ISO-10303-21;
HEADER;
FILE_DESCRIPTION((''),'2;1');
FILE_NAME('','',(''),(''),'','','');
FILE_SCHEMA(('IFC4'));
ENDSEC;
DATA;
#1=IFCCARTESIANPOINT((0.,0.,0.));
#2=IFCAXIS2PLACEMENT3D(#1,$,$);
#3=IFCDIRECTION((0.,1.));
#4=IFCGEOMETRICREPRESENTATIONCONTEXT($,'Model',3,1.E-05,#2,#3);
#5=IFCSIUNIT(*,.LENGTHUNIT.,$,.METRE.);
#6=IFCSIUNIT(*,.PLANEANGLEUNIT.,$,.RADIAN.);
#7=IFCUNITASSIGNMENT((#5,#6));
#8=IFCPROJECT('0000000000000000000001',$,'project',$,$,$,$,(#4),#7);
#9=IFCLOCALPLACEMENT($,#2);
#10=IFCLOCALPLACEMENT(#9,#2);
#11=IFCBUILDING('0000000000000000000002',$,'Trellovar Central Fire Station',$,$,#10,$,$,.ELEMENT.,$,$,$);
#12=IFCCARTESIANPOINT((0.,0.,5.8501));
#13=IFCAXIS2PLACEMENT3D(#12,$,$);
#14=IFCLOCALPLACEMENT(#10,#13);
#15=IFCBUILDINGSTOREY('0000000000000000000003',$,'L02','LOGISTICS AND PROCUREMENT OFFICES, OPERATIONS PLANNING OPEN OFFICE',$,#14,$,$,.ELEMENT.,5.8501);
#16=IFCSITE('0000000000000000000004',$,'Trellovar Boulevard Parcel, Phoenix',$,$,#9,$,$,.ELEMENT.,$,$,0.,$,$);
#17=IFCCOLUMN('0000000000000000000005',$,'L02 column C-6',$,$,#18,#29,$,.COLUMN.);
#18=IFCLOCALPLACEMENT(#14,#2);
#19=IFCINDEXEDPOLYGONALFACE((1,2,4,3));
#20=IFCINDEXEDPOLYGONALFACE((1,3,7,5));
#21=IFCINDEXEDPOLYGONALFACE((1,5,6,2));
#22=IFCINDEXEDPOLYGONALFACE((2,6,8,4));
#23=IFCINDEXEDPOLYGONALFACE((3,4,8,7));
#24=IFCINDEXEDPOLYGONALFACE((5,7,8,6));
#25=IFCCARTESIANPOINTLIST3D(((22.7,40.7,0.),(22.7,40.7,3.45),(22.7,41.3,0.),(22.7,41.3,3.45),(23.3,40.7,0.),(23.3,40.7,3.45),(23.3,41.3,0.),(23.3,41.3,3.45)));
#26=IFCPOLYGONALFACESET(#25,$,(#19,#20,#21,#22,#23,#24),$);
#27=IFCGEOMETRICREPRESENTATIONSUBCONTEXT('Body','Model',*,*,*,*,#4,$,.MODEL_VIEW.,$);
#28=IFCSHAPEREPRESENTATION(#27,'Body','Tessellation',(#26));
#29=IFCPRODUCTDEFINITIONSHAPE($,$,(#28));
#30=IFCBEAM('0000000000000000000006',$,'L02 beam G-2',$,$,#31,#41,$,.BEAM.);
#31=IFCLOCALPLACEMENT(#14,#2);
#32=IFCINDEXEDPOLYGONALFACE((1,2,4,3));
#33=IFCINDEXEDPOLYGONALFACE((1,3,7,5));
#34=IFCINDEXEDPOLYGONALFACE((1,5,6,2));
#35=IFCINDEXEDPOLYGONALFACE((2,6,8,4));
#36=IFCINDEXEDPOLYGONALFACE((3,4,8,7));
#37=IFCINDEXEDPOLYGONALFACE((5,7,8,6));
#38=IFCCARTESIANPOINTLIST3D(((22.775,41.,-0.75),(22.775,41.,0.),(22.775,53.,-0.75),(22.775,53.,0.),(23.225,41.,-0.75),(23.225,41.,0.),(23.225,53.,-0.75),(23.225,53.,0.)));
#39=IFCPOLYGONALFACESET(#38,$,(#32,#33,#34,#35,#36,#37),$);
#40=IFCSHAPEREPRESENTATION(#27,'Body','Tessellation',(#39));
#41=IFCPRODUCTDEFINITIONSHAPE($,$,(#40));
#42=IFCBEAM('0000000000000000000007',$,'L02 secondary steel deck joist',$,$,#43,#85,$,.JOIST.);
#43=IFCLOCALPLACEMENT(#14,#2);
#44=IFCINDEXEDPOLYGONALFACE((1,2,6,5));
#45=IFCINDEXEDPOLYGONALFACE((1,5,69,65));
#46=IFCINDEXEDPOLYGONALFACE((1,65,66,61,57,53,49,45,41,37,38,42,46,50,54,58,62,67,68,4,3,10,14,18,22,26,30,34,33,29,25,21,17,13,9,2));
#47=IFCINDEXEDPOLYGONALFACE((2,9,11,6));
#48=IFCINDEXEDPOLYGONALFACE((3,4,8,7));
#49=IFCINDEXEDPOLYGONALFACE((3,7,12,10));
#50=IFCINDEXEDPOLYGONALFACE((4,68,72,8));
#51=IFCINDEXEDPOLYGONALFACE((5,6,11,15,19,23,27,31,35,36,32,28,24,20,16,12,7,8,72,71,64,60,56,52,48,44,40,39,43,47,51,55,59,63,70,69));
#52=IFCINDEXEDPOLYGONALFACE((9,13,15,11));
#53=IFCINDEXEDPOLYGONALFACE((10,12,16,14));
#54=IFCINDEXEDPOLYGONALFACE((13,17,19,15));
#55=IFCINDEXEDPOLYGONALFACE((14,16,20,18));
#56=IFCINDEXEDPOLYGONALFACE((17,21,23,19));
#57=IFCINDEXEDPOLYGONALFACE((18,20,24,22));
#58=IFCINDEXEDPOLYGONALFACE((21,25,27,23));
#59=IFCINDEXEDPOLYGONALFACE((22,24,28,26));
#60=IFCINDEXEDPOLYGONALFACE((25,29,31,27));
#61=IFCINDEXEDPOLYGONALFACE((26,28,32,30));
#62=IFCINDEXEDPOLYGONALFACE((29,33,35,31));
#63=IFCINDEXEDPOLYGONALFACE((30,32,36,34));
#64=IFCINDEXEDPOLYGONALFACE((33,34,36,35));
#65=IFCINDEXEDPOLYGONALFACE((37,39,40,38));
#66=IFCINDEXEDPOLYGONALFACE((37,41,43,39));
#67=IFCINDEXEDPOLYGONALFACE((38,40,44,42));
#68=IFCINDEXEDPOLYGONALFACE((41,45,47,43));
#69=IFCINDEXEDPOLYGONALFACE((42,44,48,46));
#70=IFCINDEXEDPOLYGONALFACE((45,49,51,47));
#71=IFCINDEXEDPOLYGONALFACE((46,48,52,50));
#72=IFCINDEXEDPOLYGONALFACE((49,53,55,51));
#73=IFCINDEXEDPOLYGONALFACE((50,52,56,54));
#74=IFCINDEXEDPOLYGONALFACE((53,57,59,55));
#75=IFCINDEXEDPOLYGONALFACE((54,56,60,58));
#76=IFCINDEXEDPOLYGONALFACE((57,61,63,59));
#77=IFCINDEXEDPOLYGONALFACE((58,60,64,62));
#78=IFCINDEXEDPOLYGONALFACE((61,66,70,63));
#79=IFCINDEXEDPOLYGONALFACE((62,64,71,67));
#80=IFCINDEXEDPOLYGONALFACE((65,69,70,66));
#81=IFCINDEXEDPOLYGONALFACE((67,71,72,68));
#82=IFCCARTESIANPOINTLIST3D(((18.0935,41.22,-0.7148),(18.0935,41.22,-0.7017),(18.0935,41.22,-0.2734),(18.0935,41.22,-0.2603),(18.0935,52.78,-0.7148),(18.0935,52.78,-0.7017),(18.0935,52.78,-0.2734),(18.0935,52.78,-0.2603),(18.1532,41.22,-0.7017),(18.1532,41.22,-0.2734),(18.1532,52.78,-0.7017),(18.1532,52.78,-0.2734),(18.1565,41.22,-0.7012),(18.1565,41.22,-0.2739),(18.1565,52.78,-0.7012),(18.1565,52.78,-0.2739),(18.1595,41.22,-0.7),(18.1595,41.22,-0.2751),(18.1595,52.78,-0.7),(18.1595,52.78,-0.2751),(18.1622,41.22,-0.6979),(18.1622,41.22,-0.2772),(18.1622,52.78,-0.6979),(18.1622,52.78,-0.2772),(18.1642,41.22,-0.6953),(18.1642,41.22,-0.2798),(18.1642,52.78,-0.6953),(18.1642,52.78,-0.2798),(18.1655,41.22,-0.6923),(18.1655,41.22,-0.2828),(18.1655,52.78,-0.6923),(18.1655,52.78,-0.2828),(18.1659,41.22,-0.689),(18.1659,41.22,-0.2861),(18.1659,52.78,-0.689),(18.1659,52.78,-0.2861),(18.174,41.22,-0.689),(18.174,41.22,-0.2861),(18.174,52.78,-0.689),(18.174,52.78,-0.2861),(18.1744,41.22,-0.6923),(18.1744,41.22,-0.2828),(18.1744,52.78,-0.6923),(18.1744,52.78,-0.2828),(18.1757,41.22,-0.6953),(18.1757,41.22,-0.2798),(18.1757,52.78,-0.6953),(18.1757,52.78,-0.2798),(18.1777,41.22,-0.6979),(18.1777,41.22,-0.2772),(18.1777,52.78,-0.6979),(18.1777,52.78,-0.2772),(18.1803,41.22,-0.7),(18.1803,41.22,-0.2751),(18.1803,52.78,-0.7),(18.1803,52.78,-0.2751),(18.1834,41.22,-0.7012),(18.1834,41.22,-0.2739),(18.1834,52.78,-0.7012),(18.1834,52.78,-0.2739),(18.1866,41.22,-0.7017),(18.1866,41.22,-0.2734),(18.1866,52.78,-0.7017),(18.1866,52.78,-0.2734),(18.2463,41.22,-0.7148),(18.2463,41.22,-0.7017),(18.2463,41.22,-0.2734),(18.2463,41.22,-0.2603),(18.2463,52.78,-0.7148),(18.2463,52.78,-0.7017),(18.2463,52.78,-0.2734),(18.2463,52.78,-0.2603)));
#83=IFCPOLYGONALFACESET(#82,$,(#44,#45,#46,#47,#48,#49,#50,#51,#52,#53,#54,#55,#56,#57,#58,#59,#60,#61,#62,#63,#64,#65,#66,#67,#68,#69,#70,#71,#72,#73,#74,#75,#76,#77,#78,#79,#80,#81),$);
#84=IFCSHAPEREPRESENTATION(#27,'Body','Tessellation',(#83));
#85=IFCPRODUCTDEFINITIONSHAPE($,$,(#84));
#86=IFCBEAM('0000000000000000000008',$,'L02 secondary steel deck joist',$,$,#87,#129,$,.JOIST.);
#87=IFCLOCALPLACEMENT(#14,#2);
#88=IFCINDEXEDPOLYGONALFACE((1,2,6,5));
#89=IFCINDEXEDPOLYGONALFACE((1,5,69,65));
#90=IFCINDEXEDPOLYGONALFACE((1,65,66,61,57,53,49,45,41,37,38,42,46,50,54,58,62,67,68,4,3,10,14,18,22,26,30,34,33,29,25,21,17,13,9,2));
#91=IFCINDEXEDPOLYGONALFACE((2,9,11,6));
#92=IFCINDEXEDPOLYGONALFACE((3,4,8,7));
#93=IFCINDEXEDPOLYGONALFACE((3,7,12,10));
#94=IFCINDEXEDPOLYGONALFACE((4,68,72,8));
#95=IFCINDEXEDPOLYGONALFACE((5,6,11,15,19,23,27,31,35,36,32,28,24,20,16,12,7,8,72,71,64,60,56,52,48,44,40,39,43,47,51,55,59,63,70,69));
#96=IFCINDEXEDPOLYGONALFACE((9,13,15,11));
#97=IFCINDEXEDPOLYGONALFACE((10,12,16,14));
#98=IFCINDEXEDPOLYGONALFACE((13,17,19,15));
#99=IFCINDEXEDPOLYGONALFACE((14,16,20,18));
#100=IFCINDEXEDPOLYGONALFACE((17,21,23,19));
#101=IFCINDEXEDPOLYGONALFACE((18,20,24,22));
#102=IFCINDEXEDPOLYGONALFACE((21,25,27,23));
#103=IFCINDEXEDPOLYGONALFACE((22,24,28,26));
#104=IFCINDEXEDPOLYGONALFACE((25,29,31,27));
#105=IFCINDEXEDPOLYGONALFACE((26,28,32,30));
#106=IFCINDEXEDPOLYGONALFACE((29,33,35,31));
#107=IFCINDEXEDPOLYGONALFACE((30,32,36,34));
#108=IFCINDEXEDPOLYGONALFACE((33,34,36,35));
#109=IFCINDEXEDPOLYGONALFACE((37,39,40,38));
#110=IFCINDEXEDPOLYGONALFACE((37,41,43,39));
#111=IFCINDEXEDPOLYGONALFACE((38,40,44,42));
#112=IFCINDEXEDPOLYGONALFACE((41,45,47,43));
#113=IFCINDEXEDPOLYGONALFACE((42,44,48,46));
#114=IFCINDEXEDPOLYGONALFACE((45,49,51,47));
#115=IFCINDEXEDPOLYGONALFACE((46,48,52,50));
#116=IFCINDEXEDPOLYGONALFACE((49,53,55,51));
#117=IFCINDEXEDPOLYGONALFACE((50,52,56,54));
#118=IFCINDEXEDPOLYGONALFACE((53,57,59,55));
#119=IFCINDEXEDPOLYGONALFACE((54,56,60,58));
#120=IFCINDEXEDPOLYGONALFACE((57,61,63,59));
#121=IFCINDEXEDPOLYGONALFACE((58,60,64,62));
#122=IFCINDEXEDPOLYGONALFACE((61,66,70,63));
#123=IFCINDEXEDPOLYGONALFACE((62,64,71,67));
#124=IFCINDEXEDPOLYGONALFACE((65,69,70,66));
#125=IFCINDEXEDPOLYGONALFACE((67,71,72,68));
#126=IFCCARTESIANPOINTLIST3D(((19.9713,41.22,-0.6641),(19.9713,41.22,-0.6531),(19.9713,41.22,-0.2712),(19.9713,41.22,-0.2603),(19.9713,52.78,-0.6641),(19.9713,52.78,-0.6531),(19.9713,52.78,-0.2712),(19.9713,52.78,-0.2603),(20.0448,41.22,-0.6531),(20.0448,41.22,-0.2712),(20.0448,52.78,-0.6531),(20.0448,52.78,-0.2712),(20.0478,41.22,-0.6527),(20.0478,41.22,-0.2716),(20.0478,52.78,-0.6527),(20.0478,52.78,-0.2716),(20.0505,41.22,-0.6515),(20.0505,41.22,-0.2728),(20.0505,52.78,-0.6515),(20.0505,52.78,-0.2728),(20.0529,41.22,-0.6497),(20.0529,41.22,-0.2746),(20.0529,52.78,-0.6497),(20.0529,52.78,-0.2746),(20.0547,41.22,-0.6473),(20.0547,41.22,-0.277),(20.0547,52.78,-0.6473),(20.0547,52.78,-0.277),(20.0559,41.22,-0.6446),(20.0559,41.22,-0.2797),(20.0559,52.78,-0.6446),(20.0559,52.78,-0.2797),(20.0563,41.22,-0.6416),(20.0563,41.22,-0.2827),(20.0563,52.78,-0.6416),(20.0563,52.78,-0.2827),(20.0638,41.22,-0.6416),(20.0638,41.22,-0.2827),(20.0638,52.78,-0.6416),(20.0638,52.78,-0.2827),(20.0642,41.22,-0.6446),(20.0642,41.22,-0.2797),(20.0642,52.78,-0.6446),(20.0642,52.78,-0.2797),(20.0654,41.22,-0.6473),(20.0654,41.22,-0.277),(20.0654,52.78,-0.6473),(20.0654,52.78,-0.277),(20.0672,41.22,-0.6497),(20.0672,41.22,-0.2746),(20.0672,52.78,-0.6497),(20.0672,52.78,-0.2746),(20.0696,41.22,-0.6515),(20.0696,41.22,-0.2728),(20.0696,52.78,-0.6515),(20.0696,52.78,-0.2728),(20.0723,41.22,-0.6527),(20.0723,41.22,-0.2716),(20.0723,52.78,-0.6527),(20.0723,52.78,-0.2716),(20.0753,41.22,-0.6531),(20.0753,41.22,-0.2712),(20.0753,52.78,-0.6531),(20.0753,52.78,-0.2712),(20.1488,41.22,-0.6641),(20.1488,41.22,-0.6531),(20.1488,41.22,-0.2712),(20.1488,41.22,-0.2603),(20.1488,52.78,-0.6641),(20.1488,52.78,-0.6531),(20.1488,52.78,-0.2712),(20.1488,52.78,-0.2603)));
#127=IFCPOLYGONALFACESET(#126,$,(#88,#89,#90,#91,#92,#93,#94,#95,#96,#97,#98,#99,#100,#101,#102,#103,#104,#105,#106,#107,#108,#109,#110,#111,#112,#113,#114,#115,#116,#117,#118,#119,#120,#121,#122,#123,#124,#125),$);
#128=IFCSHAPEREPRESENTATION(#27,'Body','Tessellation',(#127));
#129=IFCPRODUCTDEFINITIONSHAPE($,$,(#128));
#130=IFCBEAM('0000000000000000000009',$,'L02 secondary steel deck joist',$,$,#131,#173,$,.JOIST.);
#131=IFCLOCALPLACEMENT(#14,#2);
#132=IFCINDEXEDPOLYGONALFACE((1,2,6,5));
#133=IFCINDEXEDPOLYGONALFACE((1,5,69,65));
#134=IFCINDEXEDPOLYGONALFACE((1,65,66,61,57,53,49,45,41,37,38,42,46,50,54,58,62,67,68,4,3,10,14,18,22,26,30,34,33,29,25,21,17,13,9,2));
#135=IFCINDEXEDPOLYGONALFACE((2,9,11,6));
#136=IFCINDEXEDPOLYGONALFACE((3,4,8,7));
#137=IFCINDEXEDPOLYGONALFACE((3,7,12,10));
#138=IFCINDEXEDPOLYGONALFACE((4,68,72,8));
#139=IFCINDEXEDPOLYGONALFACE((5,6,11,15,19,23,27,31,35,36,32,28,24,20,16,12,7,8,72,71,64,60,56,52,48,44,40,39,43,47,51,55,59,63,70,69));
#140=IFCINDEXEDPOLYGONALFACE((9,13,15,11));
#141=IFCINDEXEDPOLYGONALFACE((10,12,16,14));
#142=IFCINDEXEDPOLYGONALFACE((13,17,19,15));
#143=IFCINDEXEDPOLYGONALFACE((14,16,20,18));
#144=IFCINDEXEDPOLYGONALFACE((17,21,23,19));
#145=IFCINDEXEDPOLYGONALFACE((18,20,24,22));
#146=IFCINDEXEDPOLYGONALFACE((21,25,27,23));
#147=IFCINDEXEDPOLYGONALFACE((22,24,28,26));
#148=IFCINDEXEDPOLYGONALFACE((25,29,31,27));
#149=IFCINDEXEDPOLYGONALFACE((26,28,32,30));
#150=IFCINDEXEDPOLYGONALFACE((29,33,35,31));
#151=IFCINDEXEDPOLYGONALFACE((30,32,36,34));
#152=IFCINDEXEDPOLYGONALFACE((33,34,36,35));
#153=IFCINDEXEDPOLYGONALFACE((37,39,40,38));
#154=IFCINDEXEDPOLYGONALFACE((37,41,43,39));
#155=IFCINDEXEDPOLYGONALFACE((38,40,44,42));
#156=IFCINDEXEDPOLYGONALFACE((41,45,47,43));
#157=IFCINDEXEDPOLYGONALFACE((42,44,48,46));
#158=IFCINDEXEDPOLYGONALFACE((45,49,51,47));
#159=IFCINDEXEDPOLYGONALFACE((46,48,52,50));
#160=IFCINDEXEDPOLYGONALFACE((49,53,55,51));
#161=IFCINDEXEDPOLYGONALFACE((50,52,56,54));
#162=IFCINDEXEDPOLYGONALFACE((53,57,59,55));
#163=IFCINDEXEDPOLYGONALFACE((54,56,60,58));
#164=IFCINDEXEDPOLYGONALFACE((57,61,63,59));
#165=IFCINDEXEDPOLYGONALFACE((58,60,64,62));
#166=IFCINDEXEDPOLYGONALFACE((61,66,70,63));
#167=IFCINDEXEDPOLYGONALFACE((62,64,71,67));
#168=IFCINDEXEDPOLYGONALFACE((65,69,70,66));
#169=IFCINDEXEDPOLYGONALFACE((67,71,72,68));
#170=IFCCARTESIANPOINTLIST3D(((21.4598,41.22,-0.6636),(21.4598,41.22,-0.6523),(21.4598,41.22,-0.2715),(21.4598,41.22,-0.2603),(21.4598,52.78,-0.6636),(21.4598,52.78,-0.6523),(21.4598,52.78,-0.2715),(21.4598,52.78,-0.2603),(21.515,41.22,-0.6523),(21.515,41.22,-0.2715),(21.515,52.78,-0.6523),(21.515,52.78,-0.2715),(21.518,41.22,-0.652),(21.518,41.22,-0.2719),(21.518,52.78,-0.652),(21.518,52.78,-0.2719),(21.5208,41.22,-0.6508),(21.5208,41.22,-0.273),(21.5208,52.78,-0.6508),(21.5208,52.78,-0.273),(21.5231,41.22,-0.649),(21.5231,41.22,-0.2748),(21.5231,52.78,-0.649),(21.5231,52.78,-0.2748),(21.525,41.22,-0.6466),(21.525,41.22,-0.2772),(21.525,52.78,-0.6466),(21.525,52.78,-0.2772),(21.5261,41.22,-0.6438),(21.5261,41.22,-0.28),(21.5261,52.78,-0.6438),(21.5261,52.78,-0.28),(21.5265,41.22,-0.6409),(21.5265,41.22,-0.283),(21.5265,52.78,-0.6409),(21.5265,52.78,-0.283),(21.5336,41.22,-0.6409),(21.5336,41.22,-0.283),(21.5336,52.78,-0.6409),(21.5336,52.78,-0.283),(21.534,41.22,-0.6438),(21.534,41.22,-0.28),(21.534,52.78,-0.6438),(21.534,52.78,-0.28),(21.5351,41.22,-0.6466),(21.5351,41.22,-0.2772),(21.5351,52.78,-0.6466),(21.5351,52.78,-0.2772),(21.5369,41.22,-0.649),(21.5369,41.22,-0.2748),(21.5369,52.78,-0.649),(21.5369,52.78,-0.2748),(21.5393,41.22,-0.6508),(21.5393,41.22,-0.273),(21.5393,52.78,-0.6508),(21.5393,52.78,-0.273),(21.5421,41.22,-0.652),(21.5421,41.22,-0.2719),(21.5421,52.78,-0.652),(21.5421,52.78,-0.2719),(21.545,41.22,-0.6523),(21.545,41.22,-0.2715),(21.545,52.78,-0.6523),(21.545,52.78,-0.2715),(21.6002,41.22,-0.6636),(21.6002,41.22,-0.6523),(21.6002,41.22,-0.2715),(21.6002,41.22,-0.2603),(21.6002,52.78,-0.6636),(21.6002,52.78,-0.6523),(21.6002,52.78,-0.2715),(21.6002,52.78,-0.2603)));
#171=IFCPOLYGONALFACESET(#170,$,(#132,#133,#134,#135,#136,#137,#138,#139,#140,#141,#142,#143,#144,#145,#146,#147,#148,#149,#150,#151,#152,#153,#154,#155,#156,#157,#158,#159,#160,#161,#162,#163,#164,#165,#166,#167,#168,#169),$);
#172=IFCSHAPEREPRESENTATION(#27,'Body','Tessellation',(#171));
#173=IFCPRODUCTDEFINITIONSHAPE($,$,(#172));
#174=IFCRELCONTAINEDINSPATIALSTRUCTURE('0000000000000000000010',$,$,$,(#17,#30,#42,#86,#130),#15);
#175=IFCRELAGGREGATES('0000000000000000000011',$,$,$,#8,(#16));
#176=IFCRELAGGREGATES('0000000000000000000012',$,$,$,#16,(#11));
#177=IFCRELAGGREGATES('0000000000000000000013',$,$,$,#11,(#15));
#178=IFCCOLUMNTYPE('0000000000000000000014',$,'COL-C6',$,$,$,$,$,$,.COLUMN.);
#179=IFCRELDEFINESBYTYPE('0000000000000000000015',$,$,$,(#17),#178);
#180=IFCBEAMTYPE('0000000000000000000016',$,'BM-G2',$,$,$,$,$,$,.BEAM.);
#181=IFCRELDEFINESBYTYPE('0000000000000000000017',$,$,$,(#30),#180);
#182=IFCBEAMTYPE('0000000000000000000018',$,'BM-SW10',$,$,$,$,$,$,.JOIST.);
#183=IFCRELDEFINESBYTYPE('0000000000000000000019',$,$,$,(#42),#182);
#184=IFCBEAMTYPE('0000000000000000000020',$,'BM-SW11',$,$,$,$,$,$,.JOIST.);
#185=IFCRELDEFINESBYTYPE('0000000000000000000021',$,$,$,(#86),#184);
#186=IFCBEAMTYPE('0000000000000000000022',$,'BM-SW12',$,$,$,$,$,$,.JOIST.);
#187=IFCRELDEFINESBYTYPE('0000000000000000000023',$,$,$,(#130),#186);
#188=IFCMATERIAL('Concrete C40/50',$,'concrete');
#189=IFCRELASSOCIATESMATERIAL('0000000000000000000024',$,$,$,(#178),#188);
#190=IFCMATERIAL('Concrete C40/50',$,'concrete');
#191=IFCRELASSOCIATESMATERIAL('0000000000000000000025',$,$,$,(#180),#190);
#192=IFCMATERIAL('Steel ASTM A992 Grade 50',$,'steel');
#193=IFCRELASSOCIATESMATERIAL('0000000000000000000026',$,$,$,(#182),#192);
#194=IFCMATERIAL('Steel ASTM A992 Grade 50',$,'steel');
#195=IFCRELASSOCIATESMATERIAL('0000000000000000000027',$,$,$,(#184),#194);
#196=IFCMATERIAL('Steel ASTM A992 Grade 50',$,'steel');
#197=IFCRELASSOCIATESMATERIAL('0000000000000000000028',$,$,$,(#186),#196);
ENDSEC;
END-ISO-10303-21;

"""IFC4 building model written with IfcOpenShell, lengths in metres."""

from ifc_helpers import new_model, si_unit, direction, frame, origin, origin_2d, place, context, subcontext, project, spatial, rectangle, i_section, extrude, material, material_profile, profile_set, type_object, element, save


model = new_model("IFC4")

# Units and contexts
model_context = context("Model", 3, precision=1e-05, world=origin(), true_north=direction((0.0, 1.0)))
body_context = subcontext(model_context, "Body", "Model", "MODEL_VIEW")
ifc_project = project(units=[si_unit("LENGTHUNIT", "METRE"), si_unit("PLANEANGLEUNIT", "RADIAN")], contexts=[model_context])

# Site, building, storey
site_placement = place(None, origin())
site = spatial("IfcSite", under=ifc_project, at=site_placement, Name="Trellovar Boulevard Parcel, Phoenix", CompositionType="ELEMENT", RefElevation=0.0)
building_placement = place(site_placement, origin())
building = spatial("IfcBuilding", under=site, at=building_placement, Name="Trellovar Central Fire Station", CompositionType="ELEMENT")
storey_placement = place(building_placement, frame((0.0, 0.0, 5.8501)))
storey = spatial("IfcBuildingStorey", under=building, at=storey_placement, Name="L02", Description="LOGISTICS AND PROCUREMENT OFFICES, OPERATIONS PLANNING OPEN OFFICE", CompositionType="ELEMENT", Elevation=5.8501)

# Column
ifc_material_1 = material(Name="Concrete C40/50", Category="concrete")
ifc_material_profile_1 = material_profile(ifc_material_1, rectangle(XDim=0.6001, YDim=0.6001, at=origin_2d()), Name="RC600X600")
ifc_profile_set_1 = profile_set([ifc_material_profile_1], Name="Concrete C40/50")
column_type = type_object("IfcColumnType", Name="COL-C6", PredefinedType="COLUMN", material=ifc_profile_set_1)
column_placement = place(storey_placement, frame((23.0, 41.0, 0.0), z_axis=(0.0, 0.0, 1.0), x_axis=(1.0, 0.0, 0.0)))
element("IfcColumn", 1, at=column_placement, inside=storey, type_object=column_type, Name="L02 column C-6", PredefinedType="COLUMN", context=body_context, shape_type="SweptSolid", body=[
    extrude(rectangle(XDim=0.6001, YDim=0.6001, at=origin_2d()), origin(), (0.0, 0.0, 1.0), 3.45),
])

# Beams
ifc_material_2 = material(Name="Concrete C40/50", Category="concrete")
ifc_material_profile_2 = material_profile(ifc_material_2, rectangle(XDim=0.45, YDim=0.75, at=origin_2d()), Name="RC450X750")
ifc_profile_set_2 = profile_set([ifc_material_profile_2], Name="Concrete C40/50")
beam_type_1 = type_object("IfcBeamType", Name="BM-G2", PredefinedType="BEAM", material=ifc_profile_set_2)
beam_1_placement = place(storey_placement, frame((23.0, 41.0, -0.375), z_axis=(0.0, 1.0, 0.0), x_axis=(-1.0, 0.0, 0.0)))
element("IfcBeam", 2, at=beam_1_placement, inside=storey, type_object=beam_type_1, Name="L02 beam G-2", PredefinedType="BEAM", context=body_context, shape_type="SweptSolid", body=[
    extrude(rectangle(XDim=0.45, YDim=0.75, at=origin_2d()), origin(), (0.0, 0.0, 1.0), 12.0),
])
ifc_material_3 = material(Name="Steel ASTM A992 Grade 50", Category="steel")
ifc_material_profile_3 = material_profile(ifc_material_3, i_section(OverallWidth=0.1528, OverallDepth=0.4546, WebThickness=0.0081, FlangeThickness=0.0132, FilletRadius=0.0127, at=origin_2d()), Name="W18X40")
ifc_profile_set_3 = profile_set([ifc_material_profile_3], Name="Steel ASTM A992 Grade 50")
beam_type_2 = type_object("IfcBeamType", Name="BM-SW10", PredefinedType="JOIST", material=ifc_profile_set_3)
beam_2_placement = place(storey_placement, frame((18.1699, 41.22, -0.4875), z_axis=(0.0, 1.0, 0.0), x_axis=(-1.0, 0.0, 0.0)))
element("IfcBeam", 3, at=beam_2_placement, inside=storey, type_object=beam_type_2, Name="L02 secondary steel deck joist", PredefinedType="JOIST", context=body_context, shape_type="SweptSolid", body=[
    extrude(i_section(OverallWidth=0.1528, OverallDepth=0.4546, WebThickness=0.0081, FlangeThickness=0.0132, FilletRadius=0.0127, at=origin_2d()), origin(), (0.0, 0.0, 1.0), 11.5601),
])
ifc_material_4 = material(Name="Steel ASTM A992 Grade 50", Category="steel")
ifc_material_profile_4 = material_profile(ifc_material_4, i_section(OverallWidth=0.1775, OverallDepth=0.4038, WebThickness=0.0076, FlangeThickness=0.011, FilletRadius=0.0115, at=origin_2d()), Name="W16X36")
ifc_profile_set_4 = profile_set([ifc_material_profile_4], Name="Steel ASTM A992 Grade 50")
beam_type_3 = type_object("IfcBeamType", Name="BM-SW11", PredefinedType="JOIST", material=ifc_profile_set_4)
beam_3_placement = place(storey_placement, frame((20.0601, 41.22, -0.4622), z_axis=(0.0, 1.0, 0.0), x_axis=(-1.0, 0.0, 0.0)))
element("IfcBeam", 4, at=beam_3_placement, inside=storey, type_object=beam_type_3, Name="L02 secondary steel deck joist", PredefinedType="JOIST", context=body_context, shape_type="SweptSolid", body=[
    extrude(i_section(OverallWidth=0.1775, OverallDepth=0.4038, WebThickness=0.0076, FlangeThickness=0.011, FilletRadius=0.0115, at=origin_2d()), origin(), (0.0, 0.0, 1.0), 11.5601),
])
ifc_material_5 = material(Name="Steel ASTM A992 Grade 50", Category="steel")
ifc_material_profile_5 = material_profile(ifc_material_5, i_section(OverallWidth=0.1404, OverallDepth=0.4033, WebThickness=0.0071, FlangeThickness=0.0112, FilletRadius=0.0115, at=origin_2d()), Name="W16X31")
ifc_profile_set_5 = profile_set([ifc_material_profile_5], Name="Steel ASTM A992 Grade 50")
beam_type_4 = type_object("IfcBeamType", Name="BM-SW12", PredefinedType="JOIST", material=ifc_profile_set_5)
beam_4_placement = place(storey_placement, frame((21.53, 41.22, -0.4619), z_axis=(0.0, 1.0, 0.0), x_axis=(-1.0, 0.0, 0.0)))
element("IfcBeam", 5, at=beam_4_placement, inside=storey, type_object=beam_type_4, Name="L02 secondary steel deck joist", PredefinedType="JOIST", context=body_context, shape_type="SweptSolid", body=[
    extrude(i_section(OverallWidth=0.1404, OverallDepth=0.4033, WebThickness=0.0071, FlangeThickness=0.0112, FilletRadius=0.0115, at=origin_2d()), origin(), (0.0, 0.0, 1.0), 11.5601),
])

save(model, "model.ifc")
